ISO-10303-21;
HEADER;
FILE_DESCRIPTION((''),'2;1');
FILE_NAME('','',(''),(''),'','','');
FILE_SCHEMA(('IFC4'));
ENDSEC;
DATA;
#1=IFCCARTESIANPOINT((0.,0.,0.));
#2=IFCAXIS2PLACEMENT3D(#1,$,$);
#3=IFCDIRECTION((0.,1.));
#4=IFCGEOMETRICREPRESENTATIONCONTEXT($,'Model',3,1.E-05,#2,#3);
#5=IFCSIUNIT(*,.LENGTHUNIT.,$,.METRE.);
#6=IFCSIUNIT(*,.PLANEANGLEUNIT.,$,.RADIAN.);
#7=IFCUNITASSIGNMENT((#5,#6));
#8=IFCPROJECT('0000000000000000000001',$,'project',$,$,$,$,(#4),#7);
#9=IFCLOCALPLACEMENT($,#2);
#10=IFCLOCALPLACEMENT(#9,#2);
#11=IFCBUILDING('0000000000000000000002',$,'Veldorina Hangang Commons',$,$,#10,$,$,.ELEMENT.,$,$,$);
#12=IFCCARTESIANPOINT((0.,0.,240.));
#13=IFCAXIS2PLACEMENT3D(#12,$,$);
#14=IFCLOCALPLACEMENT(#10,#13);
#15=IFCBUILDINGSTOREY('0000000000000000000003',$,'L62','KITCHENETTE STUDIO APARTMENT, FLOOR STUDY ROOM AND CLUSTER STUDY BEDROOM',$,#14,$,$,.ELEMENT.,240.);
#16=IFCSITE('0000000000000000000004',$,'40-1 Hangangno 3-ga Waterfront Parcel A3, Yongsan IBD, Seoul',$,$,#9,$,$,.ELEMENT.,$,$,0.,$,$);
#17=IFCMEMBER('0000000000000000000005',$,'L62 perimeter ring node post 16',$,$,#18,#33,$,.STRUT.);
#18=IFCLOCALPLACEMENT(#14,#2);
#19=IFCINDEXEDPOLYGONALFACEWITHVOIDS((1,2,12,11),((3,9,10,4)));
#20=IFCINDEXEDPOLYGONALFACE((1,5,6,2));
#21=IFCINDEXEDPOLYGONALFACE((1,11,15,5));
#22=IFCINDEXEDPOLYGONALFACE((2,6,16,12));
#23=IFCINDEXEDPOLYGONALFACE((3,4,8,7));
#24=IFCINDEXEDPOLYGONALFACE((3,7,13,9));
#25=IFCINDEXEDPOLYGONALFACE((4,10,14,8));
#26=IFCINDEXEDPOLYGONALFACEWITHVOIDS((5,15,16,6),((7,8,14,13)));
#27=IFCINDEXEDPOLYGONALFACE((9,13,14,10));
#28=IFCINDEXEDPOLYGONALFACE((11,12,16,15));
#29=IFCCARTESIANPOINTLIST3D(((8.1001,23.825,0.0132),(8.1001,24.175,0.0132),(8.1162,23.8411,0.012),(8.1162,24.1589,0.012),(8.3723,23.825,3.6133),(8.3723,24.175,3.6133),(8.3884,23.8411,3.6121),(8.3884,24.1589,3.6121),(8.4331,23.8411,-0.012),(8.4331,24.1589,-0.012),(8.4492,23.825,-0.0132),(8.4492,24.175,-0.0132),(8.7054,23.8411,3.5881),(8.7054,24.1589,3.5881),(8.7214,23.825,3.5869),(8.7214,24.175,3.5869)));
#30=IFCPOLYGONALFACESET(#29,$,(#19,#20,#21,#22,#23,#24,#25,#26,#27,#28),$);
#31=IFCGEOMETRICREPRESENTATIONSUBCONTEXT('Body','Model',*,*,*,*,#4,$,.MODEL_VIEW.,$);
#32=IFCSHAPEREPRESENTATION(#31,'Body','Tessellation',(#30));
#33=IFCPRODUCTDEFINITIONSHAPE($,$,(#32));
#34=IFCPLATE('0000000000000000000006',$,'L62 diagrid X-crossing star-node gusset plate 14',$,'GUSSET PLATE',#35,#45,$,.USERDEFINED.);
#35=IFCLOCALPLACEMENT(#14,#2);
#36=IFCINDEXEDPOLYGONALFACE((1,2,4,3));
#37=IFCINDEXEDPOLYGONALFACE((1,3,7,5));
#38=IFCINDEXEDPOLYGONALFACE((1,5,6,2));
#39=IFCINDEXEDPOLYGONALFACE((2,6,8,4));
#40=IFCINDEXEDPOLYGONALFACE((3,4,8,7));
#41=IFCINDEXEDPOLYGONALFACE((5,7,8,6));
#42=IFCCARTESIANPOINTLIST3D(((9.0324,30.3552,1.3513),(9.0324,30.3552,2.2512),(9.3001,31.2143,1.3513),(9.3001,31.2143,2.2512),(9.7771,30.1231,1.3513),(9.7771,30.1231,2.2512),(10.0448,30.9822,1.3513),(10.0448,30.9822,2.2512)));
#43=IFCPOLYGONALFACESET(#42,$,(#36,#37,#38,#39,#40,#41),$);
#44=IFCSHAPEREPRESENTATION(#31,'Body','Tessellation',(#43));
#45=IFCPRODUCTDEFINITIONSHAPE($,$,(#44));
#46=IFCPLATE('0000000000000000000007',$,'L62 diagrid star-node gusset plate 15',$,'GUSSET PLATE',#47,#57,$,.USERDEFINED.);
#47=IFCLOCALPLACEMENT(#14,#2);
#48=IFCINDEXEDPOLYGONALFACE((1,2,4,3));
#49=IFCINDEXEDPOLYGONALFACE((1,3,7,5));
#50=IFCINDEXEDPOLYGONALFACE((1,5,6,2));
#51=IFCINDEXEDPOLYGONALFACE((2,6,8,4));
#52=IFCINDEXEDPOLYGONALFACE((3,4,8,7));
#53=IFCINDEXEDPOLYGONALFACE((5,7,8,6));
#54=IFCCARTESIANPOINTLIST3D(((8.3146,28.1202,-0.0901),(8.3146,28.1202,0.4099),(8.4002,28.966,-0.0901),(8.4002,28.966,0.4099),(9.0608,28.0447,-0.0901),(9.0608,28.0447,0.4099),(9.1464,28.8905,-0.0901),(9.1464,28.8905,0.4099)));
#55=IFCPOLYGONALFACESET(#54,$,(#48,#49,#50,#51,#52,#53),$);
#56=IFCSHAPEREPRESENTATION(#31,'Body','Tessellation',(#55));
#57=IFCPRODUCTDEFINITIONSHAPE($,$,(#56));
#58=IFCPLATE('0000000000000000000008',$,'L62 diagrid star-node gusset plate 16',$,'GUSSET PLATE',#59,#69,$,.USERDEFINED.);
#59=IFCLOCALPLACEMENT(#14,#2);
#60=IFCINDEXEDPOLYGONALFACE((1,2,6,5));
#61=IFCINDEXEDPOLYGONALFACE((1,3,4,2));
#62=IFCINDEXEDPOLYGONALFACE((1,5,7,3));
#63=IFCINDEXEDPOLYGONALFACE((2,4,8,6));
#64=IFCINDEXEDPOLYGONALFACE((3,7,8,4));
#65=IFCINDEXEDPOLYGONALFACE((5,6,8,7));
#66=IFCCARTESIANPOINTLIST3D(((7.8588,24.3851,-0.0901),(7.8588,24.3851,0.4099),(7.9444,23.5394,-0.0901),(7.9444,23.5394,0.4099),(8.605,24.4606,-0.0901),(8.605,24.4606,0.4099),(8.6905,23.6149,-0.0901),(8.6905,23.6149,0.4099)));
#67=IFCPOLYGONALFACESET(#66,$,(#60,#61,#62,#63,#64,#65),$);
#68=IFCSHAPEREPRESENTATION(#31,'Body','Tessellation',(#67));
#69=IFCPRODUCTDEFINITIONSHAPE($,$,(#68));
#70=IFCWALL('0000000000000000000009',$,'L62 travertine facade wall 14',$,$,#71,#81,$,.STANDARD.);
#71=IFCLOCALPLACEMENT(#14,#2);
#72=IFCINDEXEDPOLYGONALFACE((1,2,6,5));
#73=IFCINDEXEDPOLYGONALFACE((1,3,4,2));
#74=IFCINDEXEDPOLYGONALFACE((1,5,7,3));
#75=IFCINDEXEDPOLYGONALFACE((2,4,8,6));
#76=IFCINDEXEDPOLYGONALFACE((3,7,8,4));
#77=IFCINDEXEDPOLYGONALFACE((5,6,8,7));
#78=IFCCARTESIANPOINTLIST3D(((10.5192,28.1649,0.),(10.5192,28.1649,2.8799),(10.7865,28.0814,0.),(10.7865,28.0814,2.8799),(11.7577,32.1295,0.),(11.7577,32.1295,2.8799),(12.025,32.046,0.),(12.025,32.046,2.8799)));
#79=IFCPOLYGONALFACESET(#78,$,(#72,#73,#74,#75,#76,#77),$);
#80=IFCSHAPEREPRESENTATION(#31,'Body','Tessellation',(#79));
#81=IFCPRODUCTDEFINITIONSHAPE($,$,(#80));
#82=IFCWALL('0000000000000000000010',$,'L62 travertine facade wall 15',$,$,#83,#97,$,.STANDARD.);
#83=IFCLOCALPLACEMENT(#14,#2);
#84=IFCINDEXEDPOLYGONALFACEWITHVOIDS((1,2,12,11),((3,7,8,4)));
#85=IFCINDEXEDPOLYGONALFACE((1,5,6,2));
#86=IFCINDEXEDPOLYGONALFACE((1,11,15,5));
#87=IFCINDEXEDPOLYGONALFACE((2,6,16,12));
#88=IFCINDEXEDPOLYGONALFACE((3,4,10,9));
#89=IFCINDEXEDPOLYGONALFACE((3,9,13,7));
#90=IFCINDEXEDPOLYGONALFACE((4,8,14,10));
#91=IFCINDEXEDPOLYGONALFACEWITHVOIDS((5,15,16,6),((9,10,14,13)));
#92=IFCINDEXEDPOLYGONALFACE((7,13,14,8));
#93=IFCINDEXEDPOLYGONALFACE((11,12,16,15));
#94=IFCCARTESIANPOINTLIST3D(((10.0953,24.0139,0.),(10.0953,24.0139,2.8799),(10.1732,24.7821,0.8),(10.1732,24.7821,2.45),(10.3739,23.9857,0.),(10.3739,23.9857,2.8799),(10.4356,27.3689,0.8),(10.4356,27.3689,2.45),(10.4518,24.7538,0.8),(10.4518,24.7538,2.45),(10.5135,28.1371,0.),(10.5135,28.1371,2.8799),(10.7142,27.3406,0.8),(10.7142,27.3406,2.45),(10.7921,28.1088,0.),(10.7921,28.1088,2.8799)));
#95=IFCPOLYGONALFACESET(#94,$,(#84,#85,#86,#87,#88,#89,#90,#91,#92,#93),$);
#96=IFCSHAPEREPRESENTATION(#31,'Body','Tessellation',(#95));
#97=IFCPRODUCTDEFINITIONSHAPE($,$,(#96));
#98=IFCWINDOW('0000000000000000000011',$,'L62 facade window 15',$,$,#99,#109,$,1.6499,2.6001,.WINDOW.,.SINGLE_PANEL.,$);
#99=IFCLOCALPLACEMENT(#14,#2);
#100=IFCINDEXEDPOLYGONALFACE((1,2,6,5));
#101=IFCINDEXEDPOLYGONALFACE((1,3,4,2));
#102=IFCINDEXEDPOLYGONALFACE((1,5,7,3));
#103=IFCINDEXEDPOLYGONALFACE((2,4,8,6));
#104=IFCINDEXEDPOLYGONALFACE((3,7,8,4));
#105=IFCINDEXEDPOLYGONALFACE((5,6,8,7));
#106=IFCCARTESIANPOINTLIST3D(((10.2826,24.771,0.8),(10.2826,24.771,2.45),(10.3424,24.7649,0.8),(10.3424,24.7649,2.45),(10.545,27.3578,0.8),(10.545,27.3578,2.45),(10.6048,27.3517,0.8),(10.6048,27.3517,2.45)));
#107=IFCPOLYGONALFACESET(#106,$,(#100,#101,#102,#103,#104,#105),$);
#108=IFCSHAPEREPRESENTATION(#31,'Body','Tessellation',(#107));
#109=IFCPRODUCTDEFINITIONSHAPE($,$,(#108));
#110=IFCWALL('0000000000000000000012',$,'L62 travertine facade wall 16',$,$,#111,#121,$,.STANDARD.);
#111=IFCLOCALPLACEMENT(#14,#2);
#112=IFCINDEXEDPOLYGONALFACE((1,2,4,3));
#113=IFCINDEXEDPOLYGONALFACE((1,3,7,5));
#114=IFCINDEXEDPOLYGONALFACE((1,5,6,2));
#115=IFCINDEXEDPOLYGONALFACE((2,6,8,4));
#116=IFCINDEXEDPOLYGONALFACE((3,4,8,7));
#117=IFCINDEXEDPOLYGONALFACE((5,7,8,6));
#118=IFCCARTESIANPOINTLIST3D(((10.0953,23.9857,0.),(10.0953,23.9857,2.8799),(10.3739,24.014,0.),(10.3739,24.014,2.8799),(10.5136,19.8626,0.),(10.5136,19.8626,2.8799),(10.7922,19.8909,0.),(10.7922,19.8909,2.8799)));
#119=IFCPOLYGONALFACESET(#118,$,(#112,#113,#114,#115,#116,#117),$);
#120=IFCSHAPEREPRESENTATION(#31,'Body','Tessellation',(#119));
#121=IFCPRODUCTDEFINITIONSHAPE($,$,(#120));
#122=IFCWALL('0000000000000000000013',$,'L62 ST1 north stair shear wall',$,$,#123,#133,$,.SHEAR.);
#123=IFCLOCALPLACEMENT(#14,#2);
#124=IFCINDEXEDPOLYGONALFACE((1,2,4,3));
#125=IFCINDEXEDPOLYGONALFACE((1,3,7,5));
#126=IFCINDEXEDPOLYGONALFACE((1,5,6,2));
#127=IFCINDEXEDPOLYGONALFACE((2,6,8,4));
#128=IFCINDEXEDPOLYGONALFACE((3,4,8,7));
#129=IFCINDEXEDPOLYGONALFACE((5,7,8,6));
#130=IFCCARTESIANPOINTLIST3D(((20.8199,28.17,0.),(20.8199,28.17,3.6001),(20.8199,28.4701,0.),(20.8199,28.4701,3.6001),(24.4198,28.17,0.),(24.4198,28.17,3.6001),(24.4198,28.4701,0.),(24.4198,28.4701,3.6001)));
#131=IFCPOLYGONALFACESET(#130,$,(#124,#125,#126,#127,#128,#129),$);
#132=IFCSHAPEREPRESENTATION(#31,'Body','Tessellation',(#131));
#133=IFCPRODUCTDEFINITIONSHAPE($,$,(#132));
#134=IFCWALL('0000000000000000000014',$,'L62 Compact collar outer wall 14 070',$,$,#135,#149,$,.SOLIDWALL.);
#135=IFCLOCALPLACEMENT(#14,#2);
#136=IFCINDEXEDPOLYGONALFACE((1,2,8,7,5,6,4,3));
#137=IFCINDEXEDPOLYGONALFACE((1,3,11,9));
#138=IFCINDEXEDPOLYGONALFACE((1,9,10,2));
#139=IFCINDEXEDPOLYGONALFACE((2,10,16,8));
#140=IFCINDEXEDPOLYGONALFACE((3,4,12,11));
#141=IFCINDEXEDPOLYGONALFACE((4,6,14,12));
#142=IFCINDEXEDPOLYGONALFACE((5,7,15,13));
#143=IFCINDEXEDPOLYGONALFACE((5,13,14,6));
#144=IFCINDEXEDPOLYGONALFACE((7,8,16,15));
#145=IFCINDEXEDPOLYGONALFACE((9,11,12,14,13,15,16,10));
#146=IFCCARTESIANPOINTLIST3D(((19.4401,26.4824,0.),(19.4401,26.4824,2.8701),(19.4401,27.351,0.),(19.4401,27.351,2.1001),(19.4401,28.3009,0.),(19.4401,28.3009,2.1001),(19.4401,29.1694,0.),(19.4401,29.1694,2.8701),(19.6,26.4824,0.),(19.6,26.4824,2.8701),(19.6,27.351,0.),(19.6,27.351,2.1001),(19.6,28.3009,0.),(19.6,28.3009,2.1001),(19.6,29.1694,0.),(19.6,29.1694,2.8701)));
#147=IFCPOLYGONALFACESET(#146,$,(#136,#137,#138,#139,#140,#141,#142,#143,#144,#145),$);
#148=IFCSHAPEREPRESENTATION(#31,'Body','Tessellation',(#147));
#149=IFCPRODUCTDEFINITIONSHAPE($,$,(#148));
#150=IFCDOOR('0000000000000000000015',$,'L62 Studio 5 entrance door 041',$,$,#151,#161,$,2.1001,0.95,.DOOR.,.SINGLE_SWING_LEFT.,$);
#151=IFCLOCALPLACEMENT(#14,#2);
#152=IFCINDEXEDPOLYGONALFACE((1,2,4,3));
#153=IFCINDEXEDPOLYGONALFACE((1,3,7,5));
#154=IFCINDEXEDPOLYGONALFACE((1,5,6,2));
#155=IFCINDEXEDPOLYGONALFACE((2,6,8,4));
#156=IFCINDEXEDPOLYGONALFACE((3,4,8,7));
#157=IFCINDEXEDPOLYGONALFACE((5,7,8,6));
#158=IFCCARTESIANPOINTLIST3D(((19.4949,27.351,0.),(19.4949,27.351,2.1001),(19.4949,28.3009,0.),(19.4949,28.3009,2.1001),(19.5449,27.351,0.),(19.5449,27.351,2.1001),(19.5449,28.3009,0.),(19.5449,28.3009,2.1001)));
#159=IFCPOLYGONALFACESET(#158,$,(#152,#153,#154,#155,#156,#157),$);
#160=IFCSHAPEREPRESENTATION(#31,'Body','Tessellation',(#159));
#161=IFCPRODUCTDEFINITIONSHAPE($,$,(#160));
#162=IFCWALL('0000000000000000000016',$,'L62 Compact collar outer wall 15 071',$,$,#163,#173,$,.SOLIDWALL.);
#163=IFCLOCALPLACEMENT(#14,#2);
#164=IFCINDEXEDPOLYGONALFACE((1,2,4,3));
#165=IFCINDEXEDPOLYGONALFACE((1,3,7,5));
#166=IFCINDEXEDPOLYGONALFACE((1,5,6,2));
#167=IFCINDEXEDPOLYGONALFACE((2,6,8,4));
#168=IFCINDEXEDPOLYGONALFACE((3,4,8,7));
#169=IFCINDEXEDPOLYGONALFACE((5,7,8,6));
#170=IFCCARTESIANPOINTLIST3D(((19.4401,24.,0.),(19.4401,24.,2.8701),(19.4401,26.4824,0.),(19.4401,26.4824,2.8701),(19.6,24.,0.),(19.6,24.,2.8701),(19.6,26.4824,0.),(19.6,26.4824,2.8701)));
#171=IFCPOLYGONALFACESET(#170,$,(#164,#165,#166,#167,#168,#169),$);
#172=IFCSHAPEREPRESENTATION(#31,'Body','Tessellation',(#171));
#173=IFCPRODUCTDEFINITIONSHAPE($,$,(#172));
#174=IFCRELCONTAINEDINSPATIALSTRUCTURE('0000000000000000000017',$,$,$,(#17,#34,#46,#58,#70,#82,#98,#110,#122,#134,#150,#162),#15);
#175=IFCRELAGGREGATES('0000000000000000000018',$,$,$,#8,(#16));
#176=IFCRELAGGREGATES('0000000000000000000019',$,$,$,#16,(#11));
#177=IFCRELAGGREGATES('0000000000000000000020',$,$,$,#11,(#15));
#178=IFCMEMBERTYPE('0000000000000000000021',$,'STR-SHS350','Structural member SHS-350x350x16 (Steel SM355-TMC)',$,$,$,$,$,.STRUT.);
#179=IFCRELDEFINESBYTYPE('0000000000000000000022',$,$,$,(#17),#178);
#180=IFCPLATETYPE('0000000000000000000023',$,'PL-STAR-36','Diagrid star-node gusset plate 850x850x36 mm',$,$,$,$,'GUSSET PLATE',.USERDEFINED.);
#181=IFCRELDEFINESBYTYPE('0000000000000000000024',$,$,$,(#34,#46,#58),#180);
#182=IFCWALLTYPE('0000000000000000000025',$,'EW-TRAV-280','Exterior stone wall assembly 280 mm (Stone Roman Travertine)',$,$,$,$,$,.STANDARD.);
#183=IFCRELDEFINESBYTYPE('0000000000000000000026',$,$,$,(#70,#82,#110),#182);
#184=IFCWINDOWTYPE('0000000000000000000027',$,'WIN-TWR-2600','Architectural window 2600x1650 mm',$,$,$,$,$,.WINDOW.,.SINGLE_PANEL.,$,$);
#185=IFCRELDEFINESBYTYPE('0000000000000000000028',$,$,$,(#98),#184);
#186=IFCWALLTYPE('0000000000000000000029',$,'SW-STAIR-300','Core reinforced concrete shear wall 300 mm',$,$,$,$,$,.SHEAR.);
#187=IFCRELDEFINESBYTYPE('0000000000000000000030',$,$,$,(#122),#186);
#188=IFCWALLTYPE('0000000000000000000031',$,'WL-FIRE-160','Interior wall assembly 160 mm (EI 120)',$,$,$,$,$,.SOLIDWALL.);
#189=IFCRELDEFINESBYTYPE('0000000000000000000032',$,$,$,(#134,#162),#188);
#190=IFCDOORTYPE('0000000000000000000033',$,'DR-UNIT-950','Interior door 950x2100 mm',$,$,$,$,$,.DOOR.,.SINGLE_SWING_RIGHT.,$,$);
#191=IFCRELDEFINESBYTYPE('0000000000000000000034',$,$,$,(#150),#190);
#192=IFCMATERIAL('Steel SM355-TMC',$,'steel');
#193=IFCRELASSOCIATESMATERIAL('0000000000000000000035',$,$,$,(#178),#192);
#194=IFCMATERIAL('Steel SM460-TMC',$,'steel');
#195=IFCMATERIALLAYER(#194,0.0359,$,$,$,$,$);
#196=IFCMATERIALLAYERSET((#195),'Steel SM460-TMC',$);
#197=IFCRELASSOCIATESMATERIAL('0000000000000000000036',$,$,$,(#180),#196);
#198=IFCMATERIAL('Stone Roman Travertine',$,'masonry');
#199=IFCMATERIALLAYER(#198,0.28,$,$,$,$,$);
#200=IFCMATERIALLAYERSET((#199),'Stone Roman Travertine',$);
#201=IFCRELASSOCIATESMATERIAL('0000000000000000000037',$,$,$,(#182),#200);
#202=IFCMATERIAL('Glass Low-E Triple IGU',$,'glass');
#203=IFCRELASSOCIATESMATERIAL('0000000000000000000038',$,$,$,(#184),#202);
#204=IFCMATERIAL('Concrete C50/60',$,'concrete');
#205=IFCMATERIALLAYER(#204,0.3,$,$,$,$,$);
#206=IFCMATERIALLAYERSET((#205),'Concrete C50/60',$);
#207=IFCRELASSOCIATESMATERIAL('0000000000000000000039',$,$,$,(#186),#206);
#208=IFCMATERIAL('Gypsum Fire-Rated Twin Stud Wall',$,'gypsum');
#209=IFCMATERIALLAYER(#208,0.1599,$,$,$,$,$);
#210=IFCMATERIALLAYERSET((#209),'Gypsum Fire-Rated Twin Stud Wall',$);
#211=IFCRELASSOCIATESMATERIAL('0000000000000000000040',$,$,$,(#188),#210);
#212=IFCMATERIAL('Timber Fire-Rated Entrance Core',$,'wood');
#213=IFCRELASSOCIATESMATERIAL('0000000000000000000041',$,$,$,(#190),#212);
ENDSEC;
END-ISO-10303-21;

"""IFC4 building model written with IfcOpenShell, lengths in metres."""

from ifc_helpers import new_model, si_unit, direction, frame, frame_2d, origin, origin_2d, place, context, subcontext, project, spatial, rectangle, hollow_rectangle, extrude, material, layer, layer_set, material_profile, profile_set, type_object, element, fill, save


model = new_model("IFC4")

# Units and contexts
model_context = context("Model", 3, precision=1e-05, world=origin(), true_north=direction((0.0, 1.0)))
body_context = subcontext(model_context, "Body", "Model", "MODEL_VIEW")
ifc_project = project(units=[si_unit("LENGTHUNIT", "METRE"), si_unit("PLANEANGLEUNIT", "RADIAN")], contexts=[model_context])

# Site, building, storey
site_placement = place(None, origin())
site = spatial("IfcSite", under=ifc_project, at=site_placement, Name="40-1 Hangangno 3-ga Waterfront Parcel A3, Yongsan IBD, Seoul", CompositionType="ELEMENT", RefElevation=0.0)
building_placement = place(site_placement, origin())
building = spatial("IfcBuilding", under=site, at=building_placement, Name="Veldorina Hangang Commons", CompositionType="ELEMENT")
storey_placement = place(building_placement, frame((0.0, 0.0, 240.0)))
storey = spatial("IfcBuildingStorey", under=building, at=storey_placement, Name="L62", Description="KITCHENETTE STUDIO APARTMENT, FLOOR STUDY ROOM AND CLUSTER STUDY BEDROOM", CompositionType="ELEMENT", Elevation=240.0)

# Shared definitions
ifc_material_1 = material(Name="Steel SM355-TMC", Category="steel")

# Member
ifc_material_profile_1 = material_profile(ifc_material_1, hollow_rectangle(XDim=0.3501, YDim=0.3501, WallThickness=0.0161, at=origin_2d()), Name="SHS-350x350x16")
ifc_profile_set_1 = profile_set([ifc_material_profile_1], Name="Steel SM355-TMC")
member_type_1 = type_object("IfcMemberType", Name="STR-SHS350", Description="Structural member SHS-350x350x16 (Steel SM355-TMC)", PredefinedType="STRUT", material=ifc_profile_set_1)
member_1_placement = place(storey_placement, frame((8.2747, 24.0, 0.0), z_axis=(0.075398, 0.0, 0.997153), x_axis=(0.0, 1.0, 0.0)))
element("IfcMember", 1, at=member_1_placement, inside=storey, type_object=member_type_1, Name="L62 perimeter ring node post 16", PredefinedType="STRUT", context=body_context, shape_type="SweptSolid", body=[
    extrude(hollow_rectangle(XDim=0.3501, YDim=0.3501, WallThickness=0.0161, at=origin_2d()), origin(), (0.0, 0.0, 1.0), 3.6104),
])

# Plates
ifc_material_2 = material(Name="Steel SM460-TMC", Category="steel")
ifc_layer_1 = layer(ifc_material_2, 0.0359)
ifc_layer_set_1 = layer_set([ifc_layer_1], Name="Steel SM460-TMC")
plate_type = type_object("IfcPlateType", Name="PL-STAR-36", Description="Diagrid star-node gusset plate 850x850x36 mm", ElementType="GUSSET PLATE", PredefinedType="USERDEFINED", material=ifc_layer_set_1)
plate_placement = place(storey_placement, frame((9.5386, 30.6687, 1.3513), z_axis=(0.0, 0.0, 1.0), x_axis=(-0.297525, -0.954714, 0.0)))
element("IfcPlate", 2, at=plate_placement, inside=storey, type_object=plate_type, Name="L62 diagrid X-crossing star-node gusset plate 14", ObjectType="GUSSET PLATE", PredefinedType="USERDEFINED", context=body_context, shape_type="SweptSolid", body=[
    extrude(rectangle(XDim=0.8999, YDim=0.78, at=origin_2d()), origin(), (0.0, 0.0, 1.0), 0.8999),
])
for number, where, z_axis, x_axis, name in (
    (3, (8.7305, 28.5054, -0.0901), (0.0, 0.0, 1.0), (-0.100674, -0.994919, 0.0), "L62 diagrid star-node gusset plate 15"),
    (4, (8.2747, 24.0, -0.0901), (0.0, 0.0, 1.0), (0.100674, -0.994919, 0.0), "L62 diagrid star-node gusset plate 16"),
):
    element("IfcPlate", number, at=place(storey_placement, frame(where, z_axis=z_axis, x_axis=x_axis)), inside=storey, type_object=plate_type, Name=name, ObjectType="GUSSET PLATE", PredefinedType="USERDEFINED", context=body_context, shape_type="SweptSolid", body=[
        extrude(rectangle(XDim=0.8501, YDim=0.75, at=origin_2d()), origin(), (0.0, 0.0, 1.0), 0.5),
    ])

# Wall
ifc_material_3 = material(Name="Stone Roman Travertine", Category="masonry")
ifc_layer_2 = layer(ifc_material_3, 0.28)
ifc_layer_set_2 = layer_set([ifc_layer_2], Name="Stone Roman Travertine")
wall_type_1 = type_object("IfcWallType", Name="EW-TRAV-280", Description="Exterior stone wall assembly 280 mm (Stone Roman Travertine)", PredefinedType="STANDARD", material=ifc_layer_set_2)
wall_1_placement = place(storey_placement, frame((11.8914, 32.0876, 0.0), z_axis=(0.0, 0.0, 1.0), x_axis=(-0.298185, -0.954508, 0.0)))
element("IfcWall", 5, at=wall_1_placement, inside=storey, type_object=wall_type_1, Name="L62 travertine facade wall 14", PredefinedType="STANDARD", context=body_context, shape_type="SweptSolid", body=[
    extrude(rectangle(XDim=4.1536, YDim=0.28, at=frame_2d((2.0767, 0.0))), origin(), (0.0, 0.0, 1.0), 2.8799),
])

# Wall, opening, window
wall_2_placement = place(storey_placement, frame((10.6528, 28.123, 0.0), z_axis=(0.0, 0.0, 1.0), x_axis=(-0.100915, -0.994895, 0.0)))
wall_2 = element("IfcWall", 6, at=wall_2_placement, inside=storey, type_object=wall_type_1, Name="L62 travertine facade wall 15", PredefinedType="STANDARD", context=body_context, shape_type="SweptSolid", body=[
    extrude(rectangle(XDim=4.1443, YDim=0.28, at=frame_2d((2.0723, 0.0))), origin(), (0.0, 0.0, 1.0), 2.8799),
])
opening_1_placement = place(wall_2_placement, frame((0.7722, 0.0, 0.8)))
opening_1 = element("IfcOpeningElement", 7, at=opening_1_placement, cuts=wall_2, PredefinedType="OPENING", context=body_context, shape_type="SweptSolid", body=[
    extrude(rectangle(XDim=2.6001, YDim=1.6499, at=frame_2d((1.3, 0.825))), frame((0.0, 0.1499, 0.0), z_axis=(0.0, -1.0, 0.0), x_axis=(1.0, 0.0, 0.0)), (0.0, 0.0, 1.0), 0.3),
])
ifc_material_4 = material(Name="Glass Low-E Triple IGU", Category="glass")
window_type = type_object("IfcWindowType", Name="WIN-TWR-2600", Description="Architectural window 2600x1650 mm", PartitioningType="SINGLE_PANEL", PredefinedType="WINDOW", material=ifc_material_4)
window_placement = place(opening_1_placement, origin())
window = element("IfcWindow", 8, at=window_placement, inside=storey, type_object=window_type, Name="L62 facade window 15", OverallHeight=1.6499, OverallWidth=2.6001, PartitioningType="SINGLE_PANEL", PredefinedType="WINDOW", context=body_context, shape_type="SweptSolid", body=[
    extrude(rectangle(XDim=2.6001, YDim=1.6499, at=frame_2d((1.3, 0.825))), frame((0.0, 0.03, 0.0), z_axis=(0.0, -1.0, 0.0), x_axis=(1.0, 0.0, 0.0)), (0.0, 0.0, 1.0), 0.0601),
])
fill(opening_1, window)

# Walls
wall_3_placement = place(storey_placement, frame((10.2346, 24.0, 0.0), z_axis=(0.0, 0.0, 1.0), x_axis=(0.100915, -0.994895, 0.0)))
element("IfcWall", 9, at=wall_3_placement, inside=storey, type_object=wall_type_1, Name="L62 travertine facade wall 16", PredefinedType="STANDARD", context=body_context, shape_type="SweptSolid", body=[
    extrude(rectangle(XDim=4.1443, YDim=0.28, at=frame_2d((2.0723, 0.0))), origin(), (0.0, 0.0, 1.0), 2.8799),
])
ifc_material_5 = material(Name="Concrete C50/60", Category="concrete")
ifc_layer_3 = layer(ifc_material_5, 0.3)
ifc_layer_set_3 = layer_set([ifc_layer_3], Name="Concrete C50/60")
wall_type_2 = type_object("IfcWallType", Name="SW-STAIR-300", Description="Core reinforced concrete shear wall 300 mm", PredefinedType="SHEAR", material=ifc_layer_set_3)
wall_4_placement = place(storey_placement, frame((20.8201, 28.3201, 0.0), z_axis=(0.0, 0.0, 1.0), x_axis=(1.0, 0.0, 0.0)))
element("IfcWall", 10, at=wall_4_placement, inside=storey, type_object=wall_type_2, Name="L62 ST1 north stair shear wall", PredefinedType="SHEAR", context=body_context, shape_type="SweptSolid", body=[
    extrude(rectangle(XDim=3.5999, YDim=0.3, at=frame_2d((1.7998, 0.0))), origin(), (0.0, 0.0, 1.0), 3.6001),
])

# Wall, opening, door
ifc_material_6 = material(Name="Gypsum Fire-Rated Twin Stud Wall", Category="gypsum")
ifc_layer_4 = layer(ifc_material_6, 0.1599)
ifc_layer_set_4 = layer_set([ifc_layer_4], Name="Gypsum Fire-Rated Twin Stud Wall")
wall_type_3 = type_object("IfcWallType", Name="WL-FIRE-160", Description="Interior wall assembly 160 mm (EI 120)", PredefinedType="SOLIDWALL", material=ifc_layer_set_4)
wall_5_placement = place(storey_placement, frame((19.52, 29.1694, 0.0), z_axis=(0.0, 0.0, 1.0), x_axis=(0.0, -1.0, 0.0)))
wall_5 = element("IfcWall", 11, at=wall_5_placement, inside=storey, type_object=wall_type_3, Name="L62 Compact collar outer wall 14 070", PredefinedType="SOLIDWALL", context=body_context, shape_type="SweptSolid", body=[
    extrude(rectangle(XDim=2.687, YDim=0.1599, at=frame_2d((1.3435, 0.0))), origin(), (0.0, 0.0, 1.0), 2.8701),
])
opening_2_placement = place(wall_5_placement, frame((0.8684, 0.0, 0.0)))
opening_2 = element("IfcOpeningElement", 12, at=opening_2_placement, cuts=wall_5, PredefinedType="OPENING", context=body_context, shape_type="SweptSolid", body=[
    extrude(rectangle(XDim=0.95, YDim=2.1001, at=frame_2d((0.4751, 1.05))), frame((0.0, 0.0898, 0.0), z_axis=(0.0, -1.0, 0.0), x_axis=(1.0, 0.0, 0.0)), (0.0, 0.0, 1.0), 0.1799),
])
ifc_material_7 = material(Name="Timber Fire-Rated Entrance Core", Category="wood")
door_type_1 = type_object("IfcDoorType", Name="DR-UNIT-950", Description="Interior door 950x2100 mm", OperationType="SINGLE_SWING_RIGHT", PredefinedType="DOOR", material=ifc_material_7)
door_1_placement = place(opening_2_placement, origin())
door_1 = element("IfcDoor", 13, at=door_1_placement, inside=storey, type_object=door_type_1, Name="L62 Studio 5 entrance door 041", OperationType="SINGLE_SWING_LEFT", OverallHeight=2.1001, OverallWidth=0.95, PredefinedType="DOOR", context=body_context, shape_type="SweptSolid", body=[
    extrude(rectangle(XDim=0.95, YDim=2.1001, at=frame_2d((0.4751, 1.05))), frame((0.0, 0.0249, 0.0), z_axis=(0.0, -1.0, 0.0), x_axis=(1.0, 0.0, 0.0)), (0.0, 0.0, 1.0), 0.05),
])
fill(opening_2, door_1)

# Wall
for number, where, z_axis, x_axis, name in (
    (14, (19.52, 26.4824, 0.0), (0.0, 0.0, 1.0), (0.0, -1.0, 0.0), "L62 Compact collar outer wall 15 071"),
):
    element("IfcWall", number, at=place(storey_placement, frame(where, z_axis=z_axis, x_axis=x_axis)), inside=storey, type_object=wall_type_3, Name=name, PredefinedType="SOLIDWALL", context=body_context, shape_type="SweptSolid", body=[
        extrude(rectangle(XDim=2.4824, YDim=0.1599, at=frame_2d((1.2412, 0.0))), origin(), (0.0, 0.0, 1.0), 2.8701),
    ])

save(model, "model.ifc")
